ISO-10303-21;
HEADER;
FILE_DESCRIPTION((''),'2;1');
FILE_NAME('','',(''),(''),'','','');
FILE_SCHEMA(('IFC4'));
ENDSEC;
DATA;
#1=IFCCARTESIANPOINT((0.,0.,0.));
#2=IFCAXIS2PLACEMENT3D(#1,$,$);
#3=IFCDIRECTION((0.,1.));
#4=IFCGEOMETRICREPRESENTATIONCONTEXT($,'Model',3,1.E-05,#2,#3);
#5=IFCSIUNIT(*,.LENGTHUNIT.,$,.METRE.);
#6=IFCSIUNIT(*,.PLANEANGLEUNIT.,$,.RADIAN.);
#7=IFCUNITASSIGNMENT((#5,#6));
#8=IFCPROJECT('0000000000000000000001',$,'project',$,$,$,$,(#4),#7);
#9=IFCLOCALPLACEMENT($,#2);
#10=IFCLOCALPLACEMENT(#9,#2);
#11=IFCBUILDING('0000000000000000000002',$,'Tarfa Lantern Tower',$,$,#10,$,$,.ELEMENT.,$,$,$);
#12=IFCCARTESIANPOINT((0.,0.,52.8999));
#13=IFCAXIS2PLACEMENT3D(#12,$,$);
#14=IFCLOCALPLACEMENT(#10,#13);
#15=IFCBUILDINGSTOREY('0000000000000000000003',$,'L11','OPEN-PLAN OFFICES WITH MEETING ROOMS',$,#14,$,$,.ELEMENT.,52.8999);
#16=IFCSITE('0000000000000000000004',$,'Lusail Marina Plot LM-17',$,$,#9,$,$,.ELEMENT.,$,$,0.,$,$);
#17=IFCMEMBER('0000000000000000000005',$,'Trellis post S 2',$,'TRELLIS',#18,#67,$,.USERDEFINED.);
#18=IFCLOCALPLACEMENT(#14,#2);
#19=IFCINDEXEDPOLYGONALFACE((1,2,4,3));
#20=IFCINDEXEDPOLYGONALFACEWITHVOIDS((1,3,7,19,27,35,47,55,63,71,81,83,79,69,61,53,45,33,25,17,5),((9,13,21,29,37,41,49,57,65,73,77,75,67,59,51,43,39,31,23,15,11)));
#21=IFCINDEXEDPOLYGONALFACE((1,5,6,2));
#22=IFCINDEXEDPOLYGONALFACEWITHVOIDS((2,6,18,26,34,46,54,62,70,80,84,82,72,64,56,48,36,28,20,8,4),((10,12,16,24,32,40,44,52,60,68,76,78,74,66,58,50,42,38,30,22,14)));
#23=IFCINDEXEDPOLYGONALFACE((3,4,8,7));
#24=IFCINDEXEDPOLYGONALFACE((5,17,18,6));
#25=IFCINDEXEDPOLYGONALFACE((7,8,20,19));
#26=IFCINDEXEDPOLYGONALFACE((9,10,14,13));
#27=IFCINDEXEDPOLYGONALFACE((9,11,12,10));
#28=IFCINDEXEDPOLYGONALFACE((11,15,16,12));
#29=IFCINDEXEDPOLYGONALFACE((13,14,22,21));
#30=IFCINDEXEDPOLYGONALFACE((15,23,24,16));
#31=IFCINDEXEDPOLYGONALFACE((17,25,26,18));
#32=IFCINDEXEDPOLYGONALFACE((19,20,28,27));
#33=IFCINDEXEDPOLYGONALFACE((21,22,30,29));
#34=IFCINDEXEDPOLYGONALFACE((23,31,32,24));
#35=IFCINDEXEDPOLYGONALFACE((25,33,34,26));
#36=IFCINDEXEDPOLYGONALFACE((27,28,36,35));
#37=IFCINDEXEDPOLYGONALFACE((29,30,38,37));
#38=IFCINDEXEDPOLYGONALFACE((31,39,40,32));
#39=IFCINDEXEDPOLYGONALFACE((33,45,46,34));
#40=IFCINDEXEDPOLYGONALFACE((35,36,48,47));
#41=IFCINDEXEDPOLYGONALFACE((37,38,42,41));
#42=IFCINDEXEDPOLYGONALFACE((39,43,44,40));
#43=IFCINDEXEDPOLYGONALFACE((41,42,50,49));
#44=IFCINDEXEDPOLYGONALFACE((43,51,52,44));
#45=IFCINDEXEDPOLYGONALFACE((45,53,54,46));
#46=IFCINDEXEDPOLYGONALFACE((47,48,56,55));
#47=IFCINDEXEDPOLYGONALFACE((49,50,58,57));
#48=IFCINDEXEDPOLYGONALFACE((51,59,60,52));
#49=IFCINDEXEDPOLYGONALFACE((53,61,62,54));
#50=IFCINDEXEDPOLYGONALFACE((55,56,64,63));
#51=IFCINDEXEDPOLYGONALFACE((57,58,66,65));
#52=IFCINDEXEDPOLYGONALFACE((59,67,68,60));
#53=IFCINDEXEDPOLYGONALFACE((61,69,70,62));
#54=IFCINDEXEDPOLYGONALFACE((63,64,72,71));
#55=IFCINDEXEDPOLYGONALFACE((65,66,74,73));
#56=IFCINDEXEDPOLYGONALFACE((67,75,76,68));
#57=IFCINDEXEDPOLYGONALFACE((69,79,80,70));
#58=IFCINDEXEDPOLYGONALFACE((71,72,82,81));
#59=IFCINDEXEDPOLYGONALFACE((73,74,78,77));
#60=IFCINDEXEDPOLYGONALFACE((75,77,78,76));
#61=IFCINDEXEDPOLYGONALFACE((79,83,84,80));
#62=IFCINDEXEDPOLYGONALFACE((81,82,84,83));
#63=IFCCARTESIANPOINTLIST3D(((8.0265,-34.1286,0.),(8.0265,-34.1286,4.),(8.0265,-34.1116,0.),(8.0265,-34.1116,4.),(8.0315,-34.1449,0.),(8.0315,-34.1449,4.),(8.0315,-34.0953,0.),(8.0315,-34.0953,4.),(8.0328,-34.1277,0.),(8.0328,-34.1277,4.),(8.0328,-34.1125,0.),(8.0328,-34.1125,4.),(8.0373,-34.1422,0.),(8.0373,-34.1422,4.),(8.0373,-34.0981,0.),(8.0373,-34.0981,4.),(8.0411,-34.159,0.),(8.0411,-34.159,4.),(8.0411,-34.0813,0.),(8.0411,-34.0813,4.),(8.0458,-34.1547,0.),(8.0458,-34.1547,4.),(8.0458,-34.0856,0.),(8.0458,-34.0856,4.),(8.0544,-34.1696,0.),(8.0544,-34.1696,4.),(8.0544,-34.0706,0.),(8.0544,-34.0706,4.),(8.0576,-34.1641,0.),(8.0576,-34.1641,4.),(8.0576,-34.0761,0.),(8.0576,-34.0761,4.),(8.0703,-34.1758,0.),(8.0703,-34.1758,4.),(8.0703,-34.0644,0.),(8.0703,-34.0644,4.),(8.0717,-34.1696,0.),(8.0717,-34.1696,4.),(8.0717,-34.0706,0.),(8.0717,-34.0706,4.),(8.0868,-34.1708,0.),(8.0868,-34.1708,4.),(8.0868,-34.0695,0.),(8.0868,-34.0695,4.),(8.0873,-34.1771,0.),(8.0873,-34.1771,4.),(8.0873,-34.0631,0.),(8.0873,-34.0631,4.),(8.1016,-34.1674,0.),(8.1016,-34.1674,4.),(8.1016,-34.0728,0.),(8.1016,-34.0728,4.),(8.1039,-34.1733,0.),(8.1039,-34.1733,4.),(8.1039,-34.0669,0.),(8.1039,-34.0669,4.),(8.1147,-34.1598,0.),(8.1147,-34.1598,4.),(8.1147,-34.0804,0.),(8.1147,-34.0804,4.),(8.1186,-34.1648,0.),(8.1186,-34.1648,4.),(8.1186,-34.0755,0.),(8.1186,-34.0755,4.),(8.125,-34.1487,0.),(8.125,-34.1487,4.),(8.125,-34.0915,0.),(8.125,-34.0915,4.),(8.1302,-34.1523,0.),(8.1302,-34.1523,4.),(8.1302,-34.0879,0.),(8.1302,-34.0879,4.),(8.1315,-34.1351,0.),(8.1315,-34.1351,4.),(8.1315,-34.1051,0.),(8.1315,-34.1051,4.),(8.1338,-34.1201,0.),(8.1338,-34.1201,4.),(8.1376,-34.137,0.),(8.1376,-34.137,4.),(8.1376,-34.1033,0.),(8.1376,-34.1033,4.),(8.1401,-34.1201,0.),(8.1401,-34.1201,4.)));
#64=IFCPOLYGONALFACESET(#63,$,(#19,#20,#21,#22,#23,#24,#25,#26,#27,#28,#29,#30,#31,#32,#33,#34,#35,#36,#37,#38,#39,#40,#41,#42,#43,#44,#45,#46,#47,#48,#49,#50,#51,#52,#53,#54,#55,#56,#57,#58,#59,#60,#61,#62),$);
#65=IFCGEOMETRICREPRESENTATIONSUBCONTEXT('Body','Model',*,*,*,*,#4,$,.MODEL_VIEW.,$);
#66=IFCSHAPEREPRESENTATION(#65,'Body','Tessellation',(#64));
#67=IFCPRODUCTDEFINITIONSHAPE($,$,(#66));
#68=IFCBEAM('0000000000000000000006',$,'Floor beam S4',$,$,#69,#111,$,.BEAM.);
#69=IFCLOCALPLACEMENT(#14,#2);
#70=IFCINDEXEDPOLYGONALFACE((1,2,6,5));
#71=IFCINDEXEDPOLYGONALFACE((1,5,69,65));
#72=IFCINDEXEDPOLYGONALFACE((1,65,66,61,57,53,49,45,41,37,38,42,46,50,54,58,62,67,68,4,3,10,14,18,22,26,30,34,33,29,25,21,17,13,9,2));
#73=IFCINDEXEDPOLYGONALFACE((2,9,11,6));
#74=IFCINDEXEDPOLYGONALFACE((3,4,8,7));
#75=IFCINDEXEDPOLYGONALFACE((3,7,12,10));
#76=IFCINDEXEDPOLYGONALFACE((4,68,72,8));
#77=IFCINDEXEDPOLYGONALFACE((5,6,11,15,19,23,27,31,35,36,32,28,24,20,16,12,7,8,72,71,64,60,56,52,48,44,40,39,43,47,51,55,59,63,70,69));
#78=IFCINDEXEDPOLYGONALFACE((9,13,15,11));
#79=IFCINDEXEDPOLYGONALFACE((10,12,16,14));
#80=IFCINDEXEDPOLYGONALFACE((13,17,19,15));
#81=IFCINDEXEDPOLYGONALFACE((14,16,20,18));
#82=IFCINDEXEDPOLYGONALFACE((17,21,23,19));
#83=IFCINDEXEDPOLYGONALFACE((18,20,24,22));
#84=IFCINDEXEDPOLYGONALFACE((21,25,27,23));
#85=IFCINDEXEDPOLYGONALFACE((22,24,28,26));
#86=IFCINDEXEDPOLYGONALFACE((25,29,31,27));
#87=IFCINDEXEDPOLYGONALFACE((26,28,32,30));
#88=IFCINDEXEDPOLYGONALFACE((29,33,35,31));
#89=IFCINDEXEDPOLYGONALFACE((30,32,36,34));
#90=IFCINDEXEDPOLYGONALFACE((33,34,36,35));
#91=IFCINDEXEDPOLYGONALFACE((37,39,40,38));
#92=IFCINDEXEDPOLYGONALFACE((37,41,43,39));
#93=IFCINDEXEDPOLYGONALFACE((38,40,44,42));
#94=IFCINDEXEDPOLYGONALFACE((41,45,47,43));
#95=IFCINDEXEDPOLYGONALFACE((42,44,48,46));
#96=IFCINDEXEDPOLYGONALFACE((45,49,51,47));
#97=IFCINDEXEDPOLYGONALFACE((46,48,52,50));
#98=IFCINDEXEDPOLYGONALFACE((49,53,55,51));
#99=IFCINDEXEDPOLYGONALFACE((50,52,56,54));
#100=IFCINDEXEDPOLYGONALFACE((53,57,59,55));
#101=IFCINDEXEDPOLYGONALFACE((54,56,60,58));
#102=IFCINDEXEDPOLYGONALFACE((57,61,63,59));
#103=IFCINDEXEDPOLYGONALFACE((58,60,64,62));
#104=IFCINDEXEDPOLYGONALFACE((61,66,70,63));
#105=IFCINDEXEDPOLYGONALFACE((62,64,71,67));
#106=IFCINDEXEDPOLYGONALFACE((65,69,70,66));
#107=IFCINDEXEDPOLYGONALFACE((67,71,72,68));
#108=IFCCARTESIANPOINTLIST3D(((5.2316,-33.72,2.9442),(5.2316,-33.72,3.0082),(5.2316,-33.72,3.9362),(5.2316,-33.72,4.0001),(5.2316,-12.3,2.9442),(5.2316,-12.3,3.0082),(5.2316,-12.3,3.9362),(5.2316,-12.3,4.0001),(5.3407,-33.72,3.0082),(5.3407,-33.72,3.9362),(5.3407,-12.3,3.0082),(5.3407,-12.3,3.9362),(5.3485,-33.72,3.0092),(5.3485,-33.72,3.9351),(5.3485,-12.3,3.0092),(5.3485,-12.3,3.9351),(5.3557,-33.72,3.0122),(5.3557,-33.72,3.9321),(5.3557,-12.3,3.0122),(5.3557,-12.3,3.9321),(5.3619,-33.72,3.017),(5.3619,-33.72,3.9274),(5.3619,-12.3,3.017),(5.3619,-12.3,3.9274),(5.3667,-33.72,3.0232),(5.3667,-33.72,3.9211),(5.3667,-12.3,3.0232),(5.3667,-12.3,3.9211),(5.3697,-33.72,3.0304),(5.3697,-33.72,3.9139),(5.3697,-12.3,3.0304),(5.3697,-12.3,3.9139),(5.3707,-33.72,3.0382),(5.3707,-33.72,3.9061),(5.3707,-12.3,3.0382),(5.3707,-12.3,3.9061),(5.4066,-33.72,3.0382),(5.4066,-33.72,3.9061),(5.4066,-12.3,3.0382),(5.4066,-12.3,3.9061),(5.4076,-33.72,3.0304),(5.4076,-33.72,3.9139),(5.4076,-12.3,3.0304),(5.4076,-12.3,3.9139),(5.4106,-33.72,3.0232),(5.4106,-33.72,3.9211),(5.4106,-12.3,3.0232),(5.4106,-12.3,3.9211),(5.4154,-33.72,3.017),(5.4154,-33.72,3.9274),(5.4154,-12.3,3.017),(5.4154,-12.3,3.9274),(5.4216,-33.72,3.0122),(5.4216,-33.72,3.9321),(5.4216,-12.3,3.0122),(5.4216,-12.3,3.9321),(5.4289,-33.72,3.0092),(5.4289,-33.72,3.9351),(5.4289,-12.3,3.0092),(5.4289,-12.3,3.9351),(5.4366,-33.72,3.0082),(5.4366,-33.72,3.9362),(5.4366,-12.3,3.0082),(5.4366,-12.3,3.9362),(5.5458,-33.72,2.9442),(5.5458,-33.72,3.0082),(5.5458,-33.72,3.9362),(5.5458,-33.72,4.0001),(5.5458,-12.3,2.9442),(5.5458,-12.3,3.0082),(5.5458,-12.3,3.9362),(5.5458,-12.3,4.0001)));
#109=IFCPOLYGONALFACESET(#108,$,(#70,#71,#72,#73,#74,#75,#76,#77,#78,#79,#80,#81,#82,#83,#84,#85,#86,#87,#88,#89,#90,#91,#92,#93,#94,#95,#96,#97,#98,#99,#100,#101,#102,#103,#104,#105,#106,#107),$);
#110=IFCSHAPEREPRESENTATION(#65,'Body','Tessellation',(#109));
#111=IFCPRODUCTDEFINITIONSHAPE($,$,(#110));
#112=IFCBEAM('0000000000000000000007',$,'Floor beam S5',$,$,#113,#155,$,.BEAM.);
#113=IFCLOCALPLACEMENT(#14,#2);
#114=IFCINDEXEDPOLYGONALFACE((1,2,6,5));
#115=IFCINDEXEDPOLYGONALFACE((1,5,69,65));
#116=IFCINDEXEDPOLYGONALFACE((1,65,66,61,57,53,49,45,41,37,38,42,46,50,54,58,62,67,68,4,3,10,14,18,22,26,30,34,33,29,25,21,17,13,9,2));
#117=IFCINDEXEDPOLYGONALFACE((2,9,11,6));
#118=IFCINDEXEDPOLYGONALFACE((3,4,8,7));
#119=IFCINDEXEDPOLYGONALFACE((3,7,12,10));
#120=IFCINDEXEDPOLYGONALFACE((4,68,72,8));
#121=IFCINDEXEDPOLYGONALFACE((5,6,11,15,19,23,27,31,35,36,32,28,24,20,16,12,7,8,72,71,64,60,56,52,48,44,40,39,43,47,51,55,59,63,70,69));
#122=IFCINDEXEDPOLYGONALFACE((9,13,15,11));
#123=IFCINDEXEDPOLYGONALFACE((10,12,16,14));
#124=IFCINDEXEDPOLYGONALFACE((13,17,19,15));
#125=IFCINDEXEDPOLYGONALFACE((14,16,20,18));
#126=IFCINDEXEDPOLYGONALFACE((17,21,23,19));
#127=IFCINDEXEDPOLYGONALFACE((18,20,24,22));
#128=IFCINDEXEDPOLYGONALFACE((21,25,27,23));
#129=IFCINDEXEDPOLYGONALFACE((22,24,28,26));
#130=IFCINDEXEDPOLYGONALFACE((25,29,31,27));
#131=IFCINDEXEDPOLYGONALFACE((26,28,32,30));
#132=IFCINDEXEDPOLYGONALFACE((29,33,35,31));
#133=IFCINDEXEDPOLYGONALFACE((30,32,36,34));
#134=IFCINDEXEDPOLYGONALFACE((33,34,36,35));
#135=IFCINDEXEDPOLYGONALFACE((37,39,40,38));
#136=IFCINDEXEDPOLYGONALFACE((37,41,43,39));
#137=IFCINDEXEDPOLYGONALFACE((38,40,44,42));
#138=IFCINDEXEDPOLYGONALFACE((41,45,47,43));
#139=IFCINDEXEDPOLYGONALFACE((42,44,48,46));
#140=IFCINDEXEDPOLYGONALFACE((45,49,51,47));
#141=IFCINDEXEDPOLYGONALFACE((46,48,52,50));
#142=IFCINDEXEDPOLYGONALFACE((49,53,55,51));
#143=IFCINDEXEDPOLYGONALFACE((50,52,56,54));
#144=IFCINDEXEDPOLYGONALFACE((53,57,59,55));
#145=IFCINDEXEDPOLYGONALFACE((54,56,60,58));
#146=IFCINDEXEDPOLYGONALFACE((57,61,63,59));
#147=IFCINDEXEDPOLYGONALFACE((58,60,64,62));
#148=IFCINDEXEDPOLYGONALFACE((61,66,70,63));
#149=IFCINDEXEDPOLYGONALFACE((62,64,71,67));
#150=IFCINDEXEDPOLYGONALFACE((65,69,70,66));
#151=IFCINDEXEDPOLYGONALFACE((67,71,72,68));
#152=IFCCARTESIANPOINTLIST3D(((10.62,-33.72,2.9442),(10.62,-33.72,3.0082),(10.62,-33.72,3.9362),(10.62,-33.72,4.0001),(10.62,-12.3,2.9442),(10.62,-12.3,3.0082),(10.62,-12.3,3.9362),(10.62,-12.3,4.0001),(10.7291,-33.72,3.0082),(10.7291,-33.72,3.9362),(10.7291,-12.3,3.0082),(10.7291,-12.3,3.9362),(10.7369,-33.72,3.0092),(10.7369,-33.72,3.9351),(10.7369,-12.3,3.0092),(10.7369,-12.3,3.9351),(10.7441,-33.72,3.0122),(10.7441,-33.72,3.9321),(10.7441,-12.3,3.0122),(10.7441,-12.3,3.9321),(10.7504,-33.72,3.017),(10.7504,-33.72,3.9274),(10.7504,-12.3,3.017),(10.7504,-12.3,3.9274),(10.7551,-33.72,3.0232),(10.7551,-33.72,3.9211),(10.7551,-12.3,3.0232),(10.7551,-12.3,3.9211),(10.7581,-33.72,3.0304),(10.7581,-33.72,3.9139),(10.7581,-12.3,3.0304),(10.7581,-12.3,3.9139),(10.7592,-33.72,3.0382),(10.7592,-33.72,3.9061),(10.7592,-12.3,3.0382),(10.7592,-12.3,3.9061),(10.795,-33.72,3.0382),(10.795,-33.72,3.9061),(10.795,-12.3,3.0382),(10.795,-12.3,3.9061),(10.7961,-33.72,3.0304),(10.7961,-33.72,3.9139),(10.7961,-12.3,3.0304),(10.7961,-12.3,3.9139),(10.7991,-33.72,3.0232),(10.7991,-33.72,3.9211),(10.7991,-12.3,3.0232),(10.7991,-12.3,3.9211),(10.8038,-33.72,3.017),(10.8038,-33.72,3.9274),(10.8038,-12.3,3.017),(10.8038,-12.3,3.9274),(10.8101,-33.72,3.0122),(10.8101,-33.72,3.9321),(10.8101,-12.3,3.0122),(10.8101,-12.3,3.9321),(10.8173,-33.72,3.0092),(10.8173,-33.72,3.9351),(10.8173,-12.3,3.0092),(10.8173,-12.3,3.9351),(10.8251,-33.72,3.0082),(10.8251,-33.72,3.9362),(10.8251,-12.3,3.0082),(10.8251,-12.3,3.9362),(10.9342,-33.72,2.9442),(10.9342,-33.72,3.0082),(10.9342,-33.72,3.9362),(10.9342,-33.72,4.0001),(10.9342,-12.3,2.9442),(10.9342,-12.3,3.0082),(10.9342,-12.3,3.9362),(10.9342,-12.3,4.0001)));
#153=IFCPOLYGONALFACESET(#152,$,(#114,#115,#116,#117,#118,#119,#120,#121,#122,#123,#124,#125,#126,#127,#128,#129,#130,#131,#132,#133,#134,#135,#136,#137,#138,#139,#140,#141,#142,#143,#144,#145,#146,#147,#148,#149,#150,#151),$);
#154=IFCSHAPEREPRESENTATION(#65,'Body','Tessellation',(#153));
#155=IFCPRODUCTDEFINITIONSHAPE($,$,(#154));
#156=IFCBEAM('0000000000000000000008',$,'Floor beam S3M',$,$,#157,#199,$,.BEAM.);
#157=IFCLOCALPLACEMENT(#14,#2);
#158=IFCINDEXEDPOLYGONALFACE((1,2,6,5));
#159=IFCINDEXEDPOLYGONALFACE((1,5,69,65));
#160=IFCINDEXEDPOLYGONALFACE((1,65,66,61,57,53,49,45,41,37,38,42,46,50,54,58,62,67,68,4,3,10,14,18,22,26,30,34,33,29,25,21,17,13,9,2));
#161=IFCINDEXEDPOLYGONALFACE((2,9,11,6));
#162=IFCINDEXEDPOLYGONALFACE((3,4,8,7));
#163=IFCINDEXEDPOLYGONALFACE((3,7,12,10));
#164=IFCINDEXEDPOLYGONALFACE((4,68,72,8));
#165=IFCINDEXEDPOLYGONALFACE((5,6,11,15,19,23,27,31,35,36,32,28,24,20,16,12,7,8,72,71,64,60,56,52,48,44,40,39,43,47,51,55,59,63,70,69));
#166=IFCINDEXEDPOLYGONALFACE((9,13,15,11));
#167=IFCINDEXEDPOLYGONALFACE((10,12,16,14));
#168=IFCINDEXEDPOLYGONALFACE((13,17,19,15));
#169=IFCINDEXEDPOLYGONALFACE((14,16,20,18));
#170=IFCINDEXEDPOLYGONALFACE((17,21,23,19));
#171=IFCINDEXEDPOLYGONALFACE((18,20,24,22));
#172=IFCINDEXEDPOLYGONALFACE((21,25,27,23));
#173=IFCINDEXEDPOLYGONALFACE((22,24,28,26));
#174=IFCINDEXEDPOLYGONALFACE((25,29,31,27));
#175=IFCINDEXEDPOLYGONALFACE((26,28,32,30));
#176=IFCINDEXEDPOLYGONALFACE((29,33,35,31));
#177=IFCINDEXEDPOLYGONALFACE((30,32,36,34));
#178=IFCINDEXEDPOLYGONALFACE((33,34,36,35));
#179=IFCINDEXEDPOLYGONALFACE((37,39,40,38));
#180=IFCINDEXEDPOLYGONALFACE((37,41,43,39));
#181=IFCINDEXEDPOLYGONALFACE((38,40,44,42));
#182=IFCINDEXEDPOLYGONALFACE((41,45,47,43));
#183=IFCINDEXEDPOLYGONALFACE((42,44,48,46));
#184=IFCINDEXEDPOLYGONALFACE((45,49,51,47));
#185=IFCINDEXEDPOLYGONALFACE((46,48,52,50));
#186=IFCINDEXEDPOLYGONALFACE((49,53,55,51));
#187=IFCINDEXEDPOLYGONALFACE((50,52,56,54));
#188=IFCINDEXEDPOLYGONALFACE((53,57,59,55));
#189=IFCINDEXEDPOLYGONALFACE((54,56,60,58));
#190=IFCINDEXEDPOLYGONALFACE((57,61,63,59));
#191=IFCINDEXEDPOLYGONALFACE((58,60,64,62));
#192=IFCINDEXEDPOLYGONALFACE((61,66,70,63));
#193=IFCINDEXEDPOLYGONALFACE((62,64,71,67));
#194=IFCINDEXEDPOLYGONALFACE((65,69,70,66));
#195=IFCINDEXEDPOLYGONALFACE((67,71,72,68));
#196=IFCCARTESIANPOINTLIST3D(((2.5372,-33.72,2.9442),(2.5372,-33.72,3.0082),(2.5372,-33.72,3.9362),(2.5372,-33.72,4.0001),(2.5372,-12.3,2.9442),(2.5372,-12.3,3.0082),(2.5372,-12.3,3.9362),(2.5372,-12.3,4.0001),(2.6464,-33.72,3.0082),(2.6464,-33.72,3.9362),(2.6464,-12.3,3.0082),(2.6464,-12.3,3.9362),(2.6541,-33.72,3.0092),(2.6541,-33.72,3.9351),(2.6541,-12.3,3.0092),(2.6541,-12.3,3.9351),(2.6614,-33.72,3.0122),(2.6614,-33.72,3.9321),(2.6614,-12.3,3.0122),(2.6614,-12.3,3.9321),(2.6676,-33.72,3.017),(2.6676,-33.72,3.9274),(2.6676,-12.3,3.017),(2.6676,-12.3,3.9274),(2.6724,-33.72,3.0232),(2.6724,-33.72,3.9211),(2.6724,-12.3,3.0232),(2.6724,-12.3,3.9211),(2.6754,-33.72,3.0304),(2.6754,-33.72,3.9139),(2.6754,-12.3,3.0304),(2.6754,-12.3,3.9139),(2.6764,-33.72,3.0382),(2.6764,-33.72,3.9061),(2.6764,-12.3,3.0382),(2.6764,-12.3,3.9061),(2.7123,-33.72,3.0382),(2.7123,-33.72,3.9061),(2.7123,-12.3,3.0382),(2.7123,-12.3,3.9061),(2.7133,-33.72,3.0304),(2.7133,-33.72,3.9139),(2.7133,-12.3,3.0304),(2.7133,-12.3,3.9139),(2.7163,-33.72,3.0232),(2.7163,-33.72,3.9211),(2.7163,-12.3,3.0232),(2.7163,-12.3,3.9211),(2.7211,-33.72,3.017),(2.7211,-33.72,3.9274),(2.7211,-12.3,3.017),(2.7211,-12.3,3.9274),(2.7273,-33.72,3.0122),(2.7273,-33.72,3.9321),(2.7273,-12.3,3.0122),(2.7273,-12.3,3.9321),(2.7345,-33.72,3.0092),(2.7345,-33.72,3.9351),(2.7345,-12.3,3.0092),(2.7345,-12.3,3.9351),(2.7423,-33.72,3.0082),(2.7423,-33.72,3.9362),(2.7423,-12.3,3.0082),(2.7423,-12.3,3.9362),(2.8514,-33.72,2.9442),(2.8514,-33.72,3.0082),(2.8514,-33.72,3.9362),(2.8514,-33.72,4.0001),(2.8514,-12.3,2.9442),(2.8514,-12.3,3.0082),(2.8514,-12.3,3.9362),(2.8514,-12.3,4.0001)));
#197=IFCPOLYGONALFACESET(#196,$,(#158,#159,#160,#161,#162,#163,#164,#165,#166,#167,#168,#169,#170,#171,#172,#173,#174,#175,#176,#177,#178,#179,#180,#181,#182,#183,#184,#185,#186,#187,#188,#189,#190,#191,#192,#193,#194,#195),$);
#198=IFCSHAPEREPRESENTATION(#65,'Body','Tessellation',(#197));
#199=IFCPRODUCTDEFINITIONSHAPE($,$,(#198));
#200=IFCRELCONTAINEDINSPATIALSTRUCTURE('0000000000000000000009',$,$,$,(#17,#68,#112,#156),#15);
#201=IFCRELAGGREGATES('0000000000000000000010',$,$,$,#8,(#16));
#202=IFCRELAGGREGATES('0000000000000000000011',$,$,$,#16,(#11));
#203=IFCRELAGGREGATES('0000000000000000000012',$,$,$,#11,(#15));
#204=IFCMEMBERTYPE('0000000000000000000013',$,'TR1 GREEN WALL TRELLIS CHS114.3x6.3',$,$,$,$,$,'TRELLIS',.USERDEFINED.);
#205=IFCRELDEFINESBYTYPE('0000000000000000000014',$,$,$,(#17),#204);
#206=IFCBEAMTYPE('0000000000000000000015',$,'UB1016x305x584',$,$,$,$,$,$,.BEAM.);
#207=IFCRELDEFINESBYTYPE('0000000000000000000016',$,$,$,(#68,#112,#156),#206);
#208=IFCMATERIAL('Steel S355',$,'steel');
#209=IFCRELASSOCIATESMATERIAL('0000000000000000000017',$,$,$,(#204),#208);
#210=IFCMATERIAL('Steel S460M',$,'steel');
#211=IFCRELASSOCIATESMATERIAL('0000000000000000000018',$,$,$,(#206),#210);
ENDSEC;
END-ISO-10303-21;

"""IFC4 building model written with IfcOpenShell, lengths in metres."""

from ifc_helpers import new_model, si_unit, direction, frame, origin, origin_2d, place, context, subcontext, project, spatial, hollow_circle, i_section, extrude, material, material_profile, profile_set, type_object, element, save


model = new_model("IFC4")

# Units and contexts
model_context = context("Model", 3, precision=1e-05, world=origin(), true_north=direction((0.0, 1.0)))
body_context = subcontext(model_context, "Body", "Model", "MODEL_VIEW")
ifc_project = project(units=[si_unit("LENGTHUNIT", "METRE"), si_unit("PLANEANGLEUNIT", "RADIAN")], contexts=[model_context])

# Site, building, storey
site_placement = place(None, origin())
site = spatial("IfcSite", under=ifc_project, at=site_placement, Name="Lusail Marina Plot LM-17", CompositionType="ELEMENT", RefElevation=0.0)
building_placement = place(site_placement, origin())
building = spatial("IfcBuilding", under=site, at=building_placement, Name="Tarfa Lantern Tower", CompositionType="ELEMENT")
storey_placement = place(building_placement, frame((0.0, 0.0, 52.8999)))
storey = spatial("IfcBuildingStorey", under=building, at=storey_placement, Name="L11", Description="OPEN-PLAN OFFICES WITH MEETING ROOMS", CompositionType="ELEMENT", Elevation=52.8999)

# Member
ifc_material_1 = material(Name="Steel S355", Category="steel")
ifc_material_profile_1 = material_profile(ifc_material_1, hollow_circle(Radius=0.0571, WallThickness=0.0063, at=origin_2d()), Name="CHS114.3x6.3")
ifc_profile_set_1 = profile_set([ifc_material_profile_1], Name="Steel S355")
member_type_1 = type_object("IfcMemberType", Name="TR1 GREEN WALL TRELLIS CHS114.3x6.3", ElementType="TRELLIS", PredefinedType="USERDEFINED", material=ifc_profile_set_1)
member_1_placement = place(storey_placement, frame((8.083, -34.1201, 0.0), z_axis=(0.0, 0.0, 1.0), x_axis=(1.0, 0.0, 0.0)))
element("IfcMember", 1, at=member_1_placement, inside=storey, type_object=member_type_1, Name="Trellis post S 2", ObjectType="TRELLIS", PredefinedType="USERDEFINED", context=body_context, shape_type="SweptSolid", body=[
    extrude(hollow_circle(Radius=0.0571, WallThickness=0.0063, at=origin_2d()), origin(), (0.0, 0.0, 1.0), 4.0),
])

# Beams
ifc_material_2 = material(Name="Steel S460M", Category="steel")
ifc_material_profile_2 = material_profile(ifc_material_2, i_section(OverallWidth=0.3142, OverallDepth=1.0559, WebThickness=0.0359, FlangeThickness=0.064, FilletRadius=0.03, at=origin_2d()), Name="UB1016x305x584")
ifc_profile_set_2 = profile_set([ifc_material_profile_2], Name="Steel S460M")
beam_type_1 = type_object("IfcBeamType", Name="UB1016x305x584", PredefinedType="BEAM", material=ifc_profile_set_2)
for number, where, z_axis, x_axis, name in (
    (2, (5.3887, -33.72, 3.4722), (0.0, 1.0, 0.0), (-1.0, 0.0, 0.0), "Floor beam S4"),
    (3, (10.7771, -33.72, 3.4722), (0.0, 1.0, 0.0), (-1.0, 0.0, 0.0), "Floor beam S5"),
    (4, (2.6943, -33.72, 3.4722), (0.0, 1.0, 0.0), (-1.0, 0.0, 0.0), "Floor beam S3M"),
):
    element("IfcBeam", number, at=place(storey_placement, frame(where, z_axis=z_axis, x_axis=x_axis)), inside=storey, type_object=beam_type_1, Name=name, PredefinedType="BEAM", context=body_context, shape_type="SweptSolid", body=[
        extrude(i_section(OverallWidth=0.3142, OverallDepth=1.0559, WebThickness=0.0359, FlangeThickness=0.064, FilletRadius=0.03, at=origin_2d()), origin(), (0.0, 0.0, 1.0), 21.4199),
    ])

save(model, "model.ifc")
